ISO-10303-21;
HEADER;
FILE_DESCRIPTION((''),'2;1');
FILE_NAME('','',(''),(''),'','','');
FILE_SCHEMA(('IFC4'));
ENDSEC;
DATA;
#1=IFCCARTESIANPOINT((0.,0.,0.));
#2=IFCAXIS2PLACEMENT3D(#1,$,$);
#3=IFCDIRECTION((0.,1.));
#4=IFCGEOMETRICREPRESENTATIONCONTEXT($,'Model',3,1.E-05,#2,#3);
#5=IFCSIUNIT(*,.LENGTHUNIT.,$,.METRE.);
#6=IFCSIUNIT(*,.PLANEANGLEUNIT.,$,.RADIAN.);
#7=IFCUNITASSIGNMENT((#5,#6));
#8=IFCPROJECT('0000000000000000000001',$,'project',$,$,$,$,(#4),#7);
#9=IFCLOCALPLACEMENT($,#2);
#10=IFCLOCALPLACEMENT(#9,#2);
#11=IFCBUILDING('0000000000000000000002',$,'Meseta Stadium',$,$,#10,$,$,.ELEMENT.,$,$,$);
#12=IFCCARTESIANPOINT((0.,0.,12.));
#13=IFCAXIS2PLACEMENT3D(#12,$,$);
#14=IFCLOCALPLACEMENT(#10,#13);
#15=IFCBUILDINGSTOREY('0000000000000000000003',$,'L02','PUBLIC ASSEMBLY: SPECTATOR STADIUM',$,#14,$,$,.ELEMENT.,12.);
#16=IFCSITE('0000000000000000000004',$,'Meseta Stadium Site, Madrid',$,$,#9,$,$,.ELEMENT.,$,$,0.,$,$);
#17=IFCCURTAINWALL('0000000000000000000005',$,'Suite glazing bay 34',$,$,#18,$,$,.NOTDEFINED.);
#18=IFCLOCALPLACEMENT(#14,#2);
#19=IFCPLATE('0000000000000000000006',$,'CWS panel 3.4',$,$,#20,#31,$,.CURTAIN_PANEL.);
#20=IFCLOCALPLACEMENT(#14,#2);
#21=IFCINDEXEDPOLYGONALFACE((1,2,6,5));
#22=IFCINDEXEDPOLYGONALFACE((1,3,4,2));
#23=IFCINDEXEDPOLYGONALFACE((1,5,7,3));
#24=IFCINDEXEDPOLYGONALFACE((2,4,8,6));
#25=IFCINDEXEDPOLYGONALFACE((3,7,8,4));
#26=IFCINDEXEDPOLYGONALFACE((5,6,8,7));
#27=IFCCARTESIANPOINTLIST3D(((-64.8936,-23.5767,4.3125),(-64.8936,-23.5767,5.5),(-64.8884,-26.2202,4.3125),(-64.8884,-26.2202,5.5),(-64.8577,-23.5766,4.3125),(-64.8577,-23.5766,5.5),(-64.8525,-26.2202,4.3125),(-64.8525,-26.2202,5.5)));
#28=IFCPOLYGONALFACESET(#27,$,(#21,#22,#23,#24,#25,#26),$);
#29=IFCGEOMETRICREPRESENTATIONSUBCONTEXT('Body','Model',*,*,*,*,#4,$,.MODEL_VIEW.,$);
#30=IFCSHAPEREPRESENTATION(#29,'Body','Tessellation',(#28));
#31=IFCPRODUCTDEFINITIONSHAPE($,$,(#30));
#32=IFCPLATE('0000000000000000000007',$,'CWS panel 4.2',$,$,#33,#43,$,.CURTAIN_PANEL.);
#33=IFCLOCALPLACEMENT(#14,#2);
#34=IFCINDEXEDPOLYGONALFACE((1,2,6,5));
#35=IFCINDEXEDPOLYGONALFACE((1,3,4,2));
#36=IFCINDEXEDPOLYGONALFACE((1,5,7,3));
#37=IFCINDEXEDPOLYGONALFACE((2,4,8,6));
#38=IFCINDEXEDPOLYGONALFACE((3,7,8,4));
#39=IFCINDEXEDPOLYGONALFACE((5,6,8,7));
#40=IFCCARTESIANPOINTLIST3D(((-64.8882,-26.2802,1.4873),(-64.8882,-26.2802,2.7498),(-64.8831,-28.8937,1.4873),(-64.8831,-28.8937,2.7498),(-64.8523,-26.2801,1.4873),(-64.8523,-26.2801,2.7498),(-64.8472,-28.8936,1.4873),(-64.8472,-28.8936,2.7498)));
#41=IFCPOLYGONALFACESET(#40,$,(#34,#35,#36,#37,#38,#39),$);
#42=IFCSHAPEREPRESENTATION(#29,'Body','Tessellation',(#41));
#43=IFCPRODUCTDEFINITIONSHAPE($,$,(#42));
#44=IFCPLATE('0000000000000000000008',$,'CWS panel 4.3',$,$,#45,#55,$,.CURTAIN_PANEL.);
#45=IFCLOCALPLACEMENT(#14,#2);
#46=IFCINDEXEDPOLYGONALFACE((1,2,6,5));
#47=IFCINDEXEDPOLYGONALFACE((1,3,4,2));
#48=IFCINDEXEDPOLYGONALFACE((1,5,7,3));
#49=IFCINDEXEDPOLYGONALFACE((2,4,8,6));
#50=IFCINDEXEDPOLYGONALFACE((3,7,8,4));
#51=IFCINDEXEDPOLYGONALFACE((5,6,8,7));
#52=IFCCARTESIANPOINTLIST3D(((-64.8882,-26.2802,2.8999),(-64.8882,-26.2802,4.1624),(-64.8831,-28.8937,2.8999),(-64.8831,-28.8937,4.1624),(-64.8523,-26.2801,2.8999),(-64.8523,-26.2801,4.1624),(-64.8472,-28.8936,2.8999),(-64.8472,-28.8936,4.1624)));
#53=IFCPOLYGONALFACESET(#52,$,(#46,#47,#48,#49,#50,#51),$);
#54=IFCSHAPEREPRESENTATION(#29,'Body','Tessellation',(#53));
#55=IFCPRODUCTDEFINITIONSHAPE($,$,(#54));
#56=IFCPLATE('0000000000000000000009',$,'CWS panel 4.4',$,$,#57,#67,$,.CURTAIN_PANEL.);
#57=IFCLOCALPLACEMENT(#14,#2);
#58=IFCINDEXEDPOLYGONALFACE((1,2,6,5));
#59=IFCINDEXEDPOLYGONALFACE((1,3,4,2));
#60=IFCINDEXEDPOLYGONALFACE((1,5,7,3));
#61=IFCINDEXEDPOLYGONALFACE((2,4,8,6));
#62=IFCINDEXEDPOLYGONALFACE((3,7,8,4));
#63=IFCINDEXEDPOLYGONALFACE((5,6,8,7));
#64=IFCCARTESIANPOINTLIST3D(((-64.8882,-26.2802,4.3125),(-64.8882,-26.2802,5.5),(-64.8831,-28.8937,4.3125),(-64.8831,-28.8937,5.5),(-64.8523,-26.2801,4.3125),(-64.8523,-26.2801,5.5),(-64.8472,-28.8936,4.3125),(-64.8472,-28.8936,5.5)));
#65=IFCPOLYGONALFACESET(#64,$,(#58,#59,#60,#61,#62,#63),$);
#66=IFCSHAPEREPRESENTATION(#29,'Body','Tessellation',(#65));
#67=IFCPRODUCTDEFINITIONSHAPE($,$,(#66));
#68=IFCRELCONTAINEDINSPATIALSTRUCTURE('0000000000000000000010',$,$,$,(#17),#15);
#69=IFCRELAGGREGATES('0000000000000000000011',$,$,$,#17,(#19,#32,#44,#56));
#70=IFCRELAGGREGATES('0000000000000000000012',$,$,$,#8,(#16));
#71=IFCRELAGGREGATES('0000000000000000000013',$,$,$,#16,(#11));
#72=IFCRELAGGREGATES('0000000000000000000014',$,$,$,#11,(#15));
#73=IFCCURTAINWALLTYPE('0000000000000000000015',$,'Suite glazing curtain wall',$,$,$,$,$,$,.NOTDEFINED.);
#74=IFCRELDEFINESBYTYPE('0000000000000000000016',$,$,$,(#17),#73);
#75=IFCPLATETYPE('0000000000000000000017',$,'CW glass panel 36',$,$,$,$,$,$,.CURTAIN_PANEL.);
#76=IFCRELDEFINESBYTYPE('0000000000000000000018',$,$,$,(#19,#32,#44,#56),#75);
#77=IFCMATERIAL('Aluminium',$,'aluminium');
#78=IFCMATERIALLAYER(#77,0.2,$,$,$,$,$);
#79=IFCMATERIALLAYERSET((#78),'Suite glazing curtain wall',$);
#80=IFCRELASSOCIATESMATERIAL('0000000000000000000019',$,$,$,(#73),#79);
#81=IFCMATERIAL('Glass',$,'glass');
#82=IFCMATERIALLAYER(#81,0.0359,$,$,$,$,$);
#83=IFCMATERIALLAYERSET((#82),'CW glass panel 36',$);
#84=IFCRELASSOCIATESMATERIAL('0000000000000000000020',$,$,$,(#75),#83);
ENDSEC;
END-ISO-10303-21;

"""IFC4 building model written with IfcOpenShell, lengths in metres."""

from ifc_helpers import new_model, si_unit, direction, frame, origin, origin_2d, place, context, subcontext, project, spatial, rectangle, extrude, material, layer, layer_set, type_object, element, aggregate, save


model = new_model("IFC4")

# Units and contexts
model_context = context("Model", 3, precision=1e-05, world=origin(), true_north=direction((0.0, 1.0)))
body_context = subcontext(model_context, "Body", "Model", "MODEL_VIEW")
ifc_project = project(units=[si_unit("LENGTHUNIT", "METRE"), si_unit("PLANEANGLEUNIT", "RADIAN")], contexts=[model_context])

# Site, building, storey
site_placement = place(None, origin())
site = spatial("IfcSite", under=ifc_project, at=site_placement, Name="Meseta Stadium Site, Madrid", CompositionType="ELEMENT", RefElevation=0.0)
building_placement = place(site_placement, origin())
building = spatial("IfcBuilding", under=site, at=building_placement, Name="Meseta Stadium", CompositionType="ELEMENT")
storey_placement = place(building_placement, frame((0.0, 0.0, 12.0)))
storey = spatial("IfcBuildingStorey", under=building, at=storey_placement, Name="L02", Description="PUBLIC ASSEMBLY: SPECTATOR STADIUM", CompositionType="ELEMENT", Elevation=12.0)

# Curtain wall, plates
ifc_material_1 = material(Name="Aluminium", Category="aluminium")
ifc_layer_1 = layer(ifc_material_1, 0.2)
ifc_layer_set_1 = layer_set([ifc_layer_1], Name="Suite glazing curtain wall")
curtain_wall_type = type_object("IfcCurtainWallType", Name="Suite glazing curtain wall", PredefinedType="NOTDEFINED", material=ifc_layer_set_1)
curtain_wall_placement = place(storey_placement, origin())
curtain_wall = element("IfcCurtainWall", 1, at=curtain_wall_placement, inside=storey, type_object=curtain_wall_type, Name="Suite glazing bay 34", PredefinedType="NOTDEFINED")
ifc_material_2 = material(Name="Glass", Category="glass")
ifc_layer_2 = layer(ifc_material_2, 0.0359)
ifc_layer_set_2 = layer_set([ifc_layer_2], Name="CW glass panel 36")
plate_type = type_object("IfcPlateType", Name="CW glass panel 36", PredefinedType="CURTAIN_PANEL", material=ifc_layer_set_2)
plate_1_placement = place(storey_placement, frame((-64.873, -24.8984, 4.3125), z_axis=(0.0, 0.0, 1.0), x_axis=(0.001947, -0.999998, 0.0)))
plate_1 = element("IfcPlate", 2, at=plate_1_placement, type_object=plate_type, Name="CWS panel 3.4", PredefinedType="CURTAIN_PANEL", context=body_context, shape_type="SweptSolid", body=[
    extrude(rectangle(XDim=2.6436, YDim=0.0359, at=origin_2d()), origin(), (0.0, 0.0, 1.0), 1.1875),
])
plate_2_placement = place(storey_placement, frame((-64.8677, -27.5869, 1.4873), z_axis=(0.0, 0.0, 1.0), x_axis=(0.001947, -0.999998, 0.0)))
plate_2 = element("IfcPlate", 3, at=plate_2_placement, type_object=plate_type, Name="CWS panel 4.2", PredefinedType="CURTAIN_PANEL", context=body_context, shape_type="SweptSolid", body=[
    extrude(rectangle(XDim=2.6135, YDim=0.0359, at=origin_2d()), origin(), (0.0, 0.0, 1.0), 1.2625),
])
plate_3_placement = place(storey_placement, frame((-64.8677, -27.5869, 2.8999), z_axis=(0.0, 0.0, 1.0), x_axis=(0.001947, -0.999998, 0.0)))
plate_3 = element("IfcPlate", 4, at=plate_3_placement, type_object=plate_type, Name="CWS panel 4.3", PredefinedType="CURTAIN_PANEL", context=body_context, shape_type="SweptSolid", body=[
    extrude(rectangle(XDim=2.6135, YDim=0.0359, at=origin_2d()), origin(), (0.0, 0.0, 1.0), 1.2625),
])
plate_4_placement = place(storey_placement, frame((-64.8677, -27.5869, 4.3125), z_axis=(0.0, 0.0, 1.0), x_axis=(0.001947, -0.999998, 0.0)))
plate_4 = element("IfcPlate", 5, at=plate_4_placement, type_object=plate_type, Name="CWS panel 4.4", PredefinedType="CURTAIN_PANEL", context=body_context, shape_type="SweptSolid", body=[
    extrude(rectangle(XDim=2.6135, YDim=0.0359, at=origin_2d()), origin(), (0.0, 0.0, 1.0), 1.1875),
])
aggregate(curtain_wall, [plate_1, plate_2, plate_3, plate_4])

save(model, "model.ifc")
